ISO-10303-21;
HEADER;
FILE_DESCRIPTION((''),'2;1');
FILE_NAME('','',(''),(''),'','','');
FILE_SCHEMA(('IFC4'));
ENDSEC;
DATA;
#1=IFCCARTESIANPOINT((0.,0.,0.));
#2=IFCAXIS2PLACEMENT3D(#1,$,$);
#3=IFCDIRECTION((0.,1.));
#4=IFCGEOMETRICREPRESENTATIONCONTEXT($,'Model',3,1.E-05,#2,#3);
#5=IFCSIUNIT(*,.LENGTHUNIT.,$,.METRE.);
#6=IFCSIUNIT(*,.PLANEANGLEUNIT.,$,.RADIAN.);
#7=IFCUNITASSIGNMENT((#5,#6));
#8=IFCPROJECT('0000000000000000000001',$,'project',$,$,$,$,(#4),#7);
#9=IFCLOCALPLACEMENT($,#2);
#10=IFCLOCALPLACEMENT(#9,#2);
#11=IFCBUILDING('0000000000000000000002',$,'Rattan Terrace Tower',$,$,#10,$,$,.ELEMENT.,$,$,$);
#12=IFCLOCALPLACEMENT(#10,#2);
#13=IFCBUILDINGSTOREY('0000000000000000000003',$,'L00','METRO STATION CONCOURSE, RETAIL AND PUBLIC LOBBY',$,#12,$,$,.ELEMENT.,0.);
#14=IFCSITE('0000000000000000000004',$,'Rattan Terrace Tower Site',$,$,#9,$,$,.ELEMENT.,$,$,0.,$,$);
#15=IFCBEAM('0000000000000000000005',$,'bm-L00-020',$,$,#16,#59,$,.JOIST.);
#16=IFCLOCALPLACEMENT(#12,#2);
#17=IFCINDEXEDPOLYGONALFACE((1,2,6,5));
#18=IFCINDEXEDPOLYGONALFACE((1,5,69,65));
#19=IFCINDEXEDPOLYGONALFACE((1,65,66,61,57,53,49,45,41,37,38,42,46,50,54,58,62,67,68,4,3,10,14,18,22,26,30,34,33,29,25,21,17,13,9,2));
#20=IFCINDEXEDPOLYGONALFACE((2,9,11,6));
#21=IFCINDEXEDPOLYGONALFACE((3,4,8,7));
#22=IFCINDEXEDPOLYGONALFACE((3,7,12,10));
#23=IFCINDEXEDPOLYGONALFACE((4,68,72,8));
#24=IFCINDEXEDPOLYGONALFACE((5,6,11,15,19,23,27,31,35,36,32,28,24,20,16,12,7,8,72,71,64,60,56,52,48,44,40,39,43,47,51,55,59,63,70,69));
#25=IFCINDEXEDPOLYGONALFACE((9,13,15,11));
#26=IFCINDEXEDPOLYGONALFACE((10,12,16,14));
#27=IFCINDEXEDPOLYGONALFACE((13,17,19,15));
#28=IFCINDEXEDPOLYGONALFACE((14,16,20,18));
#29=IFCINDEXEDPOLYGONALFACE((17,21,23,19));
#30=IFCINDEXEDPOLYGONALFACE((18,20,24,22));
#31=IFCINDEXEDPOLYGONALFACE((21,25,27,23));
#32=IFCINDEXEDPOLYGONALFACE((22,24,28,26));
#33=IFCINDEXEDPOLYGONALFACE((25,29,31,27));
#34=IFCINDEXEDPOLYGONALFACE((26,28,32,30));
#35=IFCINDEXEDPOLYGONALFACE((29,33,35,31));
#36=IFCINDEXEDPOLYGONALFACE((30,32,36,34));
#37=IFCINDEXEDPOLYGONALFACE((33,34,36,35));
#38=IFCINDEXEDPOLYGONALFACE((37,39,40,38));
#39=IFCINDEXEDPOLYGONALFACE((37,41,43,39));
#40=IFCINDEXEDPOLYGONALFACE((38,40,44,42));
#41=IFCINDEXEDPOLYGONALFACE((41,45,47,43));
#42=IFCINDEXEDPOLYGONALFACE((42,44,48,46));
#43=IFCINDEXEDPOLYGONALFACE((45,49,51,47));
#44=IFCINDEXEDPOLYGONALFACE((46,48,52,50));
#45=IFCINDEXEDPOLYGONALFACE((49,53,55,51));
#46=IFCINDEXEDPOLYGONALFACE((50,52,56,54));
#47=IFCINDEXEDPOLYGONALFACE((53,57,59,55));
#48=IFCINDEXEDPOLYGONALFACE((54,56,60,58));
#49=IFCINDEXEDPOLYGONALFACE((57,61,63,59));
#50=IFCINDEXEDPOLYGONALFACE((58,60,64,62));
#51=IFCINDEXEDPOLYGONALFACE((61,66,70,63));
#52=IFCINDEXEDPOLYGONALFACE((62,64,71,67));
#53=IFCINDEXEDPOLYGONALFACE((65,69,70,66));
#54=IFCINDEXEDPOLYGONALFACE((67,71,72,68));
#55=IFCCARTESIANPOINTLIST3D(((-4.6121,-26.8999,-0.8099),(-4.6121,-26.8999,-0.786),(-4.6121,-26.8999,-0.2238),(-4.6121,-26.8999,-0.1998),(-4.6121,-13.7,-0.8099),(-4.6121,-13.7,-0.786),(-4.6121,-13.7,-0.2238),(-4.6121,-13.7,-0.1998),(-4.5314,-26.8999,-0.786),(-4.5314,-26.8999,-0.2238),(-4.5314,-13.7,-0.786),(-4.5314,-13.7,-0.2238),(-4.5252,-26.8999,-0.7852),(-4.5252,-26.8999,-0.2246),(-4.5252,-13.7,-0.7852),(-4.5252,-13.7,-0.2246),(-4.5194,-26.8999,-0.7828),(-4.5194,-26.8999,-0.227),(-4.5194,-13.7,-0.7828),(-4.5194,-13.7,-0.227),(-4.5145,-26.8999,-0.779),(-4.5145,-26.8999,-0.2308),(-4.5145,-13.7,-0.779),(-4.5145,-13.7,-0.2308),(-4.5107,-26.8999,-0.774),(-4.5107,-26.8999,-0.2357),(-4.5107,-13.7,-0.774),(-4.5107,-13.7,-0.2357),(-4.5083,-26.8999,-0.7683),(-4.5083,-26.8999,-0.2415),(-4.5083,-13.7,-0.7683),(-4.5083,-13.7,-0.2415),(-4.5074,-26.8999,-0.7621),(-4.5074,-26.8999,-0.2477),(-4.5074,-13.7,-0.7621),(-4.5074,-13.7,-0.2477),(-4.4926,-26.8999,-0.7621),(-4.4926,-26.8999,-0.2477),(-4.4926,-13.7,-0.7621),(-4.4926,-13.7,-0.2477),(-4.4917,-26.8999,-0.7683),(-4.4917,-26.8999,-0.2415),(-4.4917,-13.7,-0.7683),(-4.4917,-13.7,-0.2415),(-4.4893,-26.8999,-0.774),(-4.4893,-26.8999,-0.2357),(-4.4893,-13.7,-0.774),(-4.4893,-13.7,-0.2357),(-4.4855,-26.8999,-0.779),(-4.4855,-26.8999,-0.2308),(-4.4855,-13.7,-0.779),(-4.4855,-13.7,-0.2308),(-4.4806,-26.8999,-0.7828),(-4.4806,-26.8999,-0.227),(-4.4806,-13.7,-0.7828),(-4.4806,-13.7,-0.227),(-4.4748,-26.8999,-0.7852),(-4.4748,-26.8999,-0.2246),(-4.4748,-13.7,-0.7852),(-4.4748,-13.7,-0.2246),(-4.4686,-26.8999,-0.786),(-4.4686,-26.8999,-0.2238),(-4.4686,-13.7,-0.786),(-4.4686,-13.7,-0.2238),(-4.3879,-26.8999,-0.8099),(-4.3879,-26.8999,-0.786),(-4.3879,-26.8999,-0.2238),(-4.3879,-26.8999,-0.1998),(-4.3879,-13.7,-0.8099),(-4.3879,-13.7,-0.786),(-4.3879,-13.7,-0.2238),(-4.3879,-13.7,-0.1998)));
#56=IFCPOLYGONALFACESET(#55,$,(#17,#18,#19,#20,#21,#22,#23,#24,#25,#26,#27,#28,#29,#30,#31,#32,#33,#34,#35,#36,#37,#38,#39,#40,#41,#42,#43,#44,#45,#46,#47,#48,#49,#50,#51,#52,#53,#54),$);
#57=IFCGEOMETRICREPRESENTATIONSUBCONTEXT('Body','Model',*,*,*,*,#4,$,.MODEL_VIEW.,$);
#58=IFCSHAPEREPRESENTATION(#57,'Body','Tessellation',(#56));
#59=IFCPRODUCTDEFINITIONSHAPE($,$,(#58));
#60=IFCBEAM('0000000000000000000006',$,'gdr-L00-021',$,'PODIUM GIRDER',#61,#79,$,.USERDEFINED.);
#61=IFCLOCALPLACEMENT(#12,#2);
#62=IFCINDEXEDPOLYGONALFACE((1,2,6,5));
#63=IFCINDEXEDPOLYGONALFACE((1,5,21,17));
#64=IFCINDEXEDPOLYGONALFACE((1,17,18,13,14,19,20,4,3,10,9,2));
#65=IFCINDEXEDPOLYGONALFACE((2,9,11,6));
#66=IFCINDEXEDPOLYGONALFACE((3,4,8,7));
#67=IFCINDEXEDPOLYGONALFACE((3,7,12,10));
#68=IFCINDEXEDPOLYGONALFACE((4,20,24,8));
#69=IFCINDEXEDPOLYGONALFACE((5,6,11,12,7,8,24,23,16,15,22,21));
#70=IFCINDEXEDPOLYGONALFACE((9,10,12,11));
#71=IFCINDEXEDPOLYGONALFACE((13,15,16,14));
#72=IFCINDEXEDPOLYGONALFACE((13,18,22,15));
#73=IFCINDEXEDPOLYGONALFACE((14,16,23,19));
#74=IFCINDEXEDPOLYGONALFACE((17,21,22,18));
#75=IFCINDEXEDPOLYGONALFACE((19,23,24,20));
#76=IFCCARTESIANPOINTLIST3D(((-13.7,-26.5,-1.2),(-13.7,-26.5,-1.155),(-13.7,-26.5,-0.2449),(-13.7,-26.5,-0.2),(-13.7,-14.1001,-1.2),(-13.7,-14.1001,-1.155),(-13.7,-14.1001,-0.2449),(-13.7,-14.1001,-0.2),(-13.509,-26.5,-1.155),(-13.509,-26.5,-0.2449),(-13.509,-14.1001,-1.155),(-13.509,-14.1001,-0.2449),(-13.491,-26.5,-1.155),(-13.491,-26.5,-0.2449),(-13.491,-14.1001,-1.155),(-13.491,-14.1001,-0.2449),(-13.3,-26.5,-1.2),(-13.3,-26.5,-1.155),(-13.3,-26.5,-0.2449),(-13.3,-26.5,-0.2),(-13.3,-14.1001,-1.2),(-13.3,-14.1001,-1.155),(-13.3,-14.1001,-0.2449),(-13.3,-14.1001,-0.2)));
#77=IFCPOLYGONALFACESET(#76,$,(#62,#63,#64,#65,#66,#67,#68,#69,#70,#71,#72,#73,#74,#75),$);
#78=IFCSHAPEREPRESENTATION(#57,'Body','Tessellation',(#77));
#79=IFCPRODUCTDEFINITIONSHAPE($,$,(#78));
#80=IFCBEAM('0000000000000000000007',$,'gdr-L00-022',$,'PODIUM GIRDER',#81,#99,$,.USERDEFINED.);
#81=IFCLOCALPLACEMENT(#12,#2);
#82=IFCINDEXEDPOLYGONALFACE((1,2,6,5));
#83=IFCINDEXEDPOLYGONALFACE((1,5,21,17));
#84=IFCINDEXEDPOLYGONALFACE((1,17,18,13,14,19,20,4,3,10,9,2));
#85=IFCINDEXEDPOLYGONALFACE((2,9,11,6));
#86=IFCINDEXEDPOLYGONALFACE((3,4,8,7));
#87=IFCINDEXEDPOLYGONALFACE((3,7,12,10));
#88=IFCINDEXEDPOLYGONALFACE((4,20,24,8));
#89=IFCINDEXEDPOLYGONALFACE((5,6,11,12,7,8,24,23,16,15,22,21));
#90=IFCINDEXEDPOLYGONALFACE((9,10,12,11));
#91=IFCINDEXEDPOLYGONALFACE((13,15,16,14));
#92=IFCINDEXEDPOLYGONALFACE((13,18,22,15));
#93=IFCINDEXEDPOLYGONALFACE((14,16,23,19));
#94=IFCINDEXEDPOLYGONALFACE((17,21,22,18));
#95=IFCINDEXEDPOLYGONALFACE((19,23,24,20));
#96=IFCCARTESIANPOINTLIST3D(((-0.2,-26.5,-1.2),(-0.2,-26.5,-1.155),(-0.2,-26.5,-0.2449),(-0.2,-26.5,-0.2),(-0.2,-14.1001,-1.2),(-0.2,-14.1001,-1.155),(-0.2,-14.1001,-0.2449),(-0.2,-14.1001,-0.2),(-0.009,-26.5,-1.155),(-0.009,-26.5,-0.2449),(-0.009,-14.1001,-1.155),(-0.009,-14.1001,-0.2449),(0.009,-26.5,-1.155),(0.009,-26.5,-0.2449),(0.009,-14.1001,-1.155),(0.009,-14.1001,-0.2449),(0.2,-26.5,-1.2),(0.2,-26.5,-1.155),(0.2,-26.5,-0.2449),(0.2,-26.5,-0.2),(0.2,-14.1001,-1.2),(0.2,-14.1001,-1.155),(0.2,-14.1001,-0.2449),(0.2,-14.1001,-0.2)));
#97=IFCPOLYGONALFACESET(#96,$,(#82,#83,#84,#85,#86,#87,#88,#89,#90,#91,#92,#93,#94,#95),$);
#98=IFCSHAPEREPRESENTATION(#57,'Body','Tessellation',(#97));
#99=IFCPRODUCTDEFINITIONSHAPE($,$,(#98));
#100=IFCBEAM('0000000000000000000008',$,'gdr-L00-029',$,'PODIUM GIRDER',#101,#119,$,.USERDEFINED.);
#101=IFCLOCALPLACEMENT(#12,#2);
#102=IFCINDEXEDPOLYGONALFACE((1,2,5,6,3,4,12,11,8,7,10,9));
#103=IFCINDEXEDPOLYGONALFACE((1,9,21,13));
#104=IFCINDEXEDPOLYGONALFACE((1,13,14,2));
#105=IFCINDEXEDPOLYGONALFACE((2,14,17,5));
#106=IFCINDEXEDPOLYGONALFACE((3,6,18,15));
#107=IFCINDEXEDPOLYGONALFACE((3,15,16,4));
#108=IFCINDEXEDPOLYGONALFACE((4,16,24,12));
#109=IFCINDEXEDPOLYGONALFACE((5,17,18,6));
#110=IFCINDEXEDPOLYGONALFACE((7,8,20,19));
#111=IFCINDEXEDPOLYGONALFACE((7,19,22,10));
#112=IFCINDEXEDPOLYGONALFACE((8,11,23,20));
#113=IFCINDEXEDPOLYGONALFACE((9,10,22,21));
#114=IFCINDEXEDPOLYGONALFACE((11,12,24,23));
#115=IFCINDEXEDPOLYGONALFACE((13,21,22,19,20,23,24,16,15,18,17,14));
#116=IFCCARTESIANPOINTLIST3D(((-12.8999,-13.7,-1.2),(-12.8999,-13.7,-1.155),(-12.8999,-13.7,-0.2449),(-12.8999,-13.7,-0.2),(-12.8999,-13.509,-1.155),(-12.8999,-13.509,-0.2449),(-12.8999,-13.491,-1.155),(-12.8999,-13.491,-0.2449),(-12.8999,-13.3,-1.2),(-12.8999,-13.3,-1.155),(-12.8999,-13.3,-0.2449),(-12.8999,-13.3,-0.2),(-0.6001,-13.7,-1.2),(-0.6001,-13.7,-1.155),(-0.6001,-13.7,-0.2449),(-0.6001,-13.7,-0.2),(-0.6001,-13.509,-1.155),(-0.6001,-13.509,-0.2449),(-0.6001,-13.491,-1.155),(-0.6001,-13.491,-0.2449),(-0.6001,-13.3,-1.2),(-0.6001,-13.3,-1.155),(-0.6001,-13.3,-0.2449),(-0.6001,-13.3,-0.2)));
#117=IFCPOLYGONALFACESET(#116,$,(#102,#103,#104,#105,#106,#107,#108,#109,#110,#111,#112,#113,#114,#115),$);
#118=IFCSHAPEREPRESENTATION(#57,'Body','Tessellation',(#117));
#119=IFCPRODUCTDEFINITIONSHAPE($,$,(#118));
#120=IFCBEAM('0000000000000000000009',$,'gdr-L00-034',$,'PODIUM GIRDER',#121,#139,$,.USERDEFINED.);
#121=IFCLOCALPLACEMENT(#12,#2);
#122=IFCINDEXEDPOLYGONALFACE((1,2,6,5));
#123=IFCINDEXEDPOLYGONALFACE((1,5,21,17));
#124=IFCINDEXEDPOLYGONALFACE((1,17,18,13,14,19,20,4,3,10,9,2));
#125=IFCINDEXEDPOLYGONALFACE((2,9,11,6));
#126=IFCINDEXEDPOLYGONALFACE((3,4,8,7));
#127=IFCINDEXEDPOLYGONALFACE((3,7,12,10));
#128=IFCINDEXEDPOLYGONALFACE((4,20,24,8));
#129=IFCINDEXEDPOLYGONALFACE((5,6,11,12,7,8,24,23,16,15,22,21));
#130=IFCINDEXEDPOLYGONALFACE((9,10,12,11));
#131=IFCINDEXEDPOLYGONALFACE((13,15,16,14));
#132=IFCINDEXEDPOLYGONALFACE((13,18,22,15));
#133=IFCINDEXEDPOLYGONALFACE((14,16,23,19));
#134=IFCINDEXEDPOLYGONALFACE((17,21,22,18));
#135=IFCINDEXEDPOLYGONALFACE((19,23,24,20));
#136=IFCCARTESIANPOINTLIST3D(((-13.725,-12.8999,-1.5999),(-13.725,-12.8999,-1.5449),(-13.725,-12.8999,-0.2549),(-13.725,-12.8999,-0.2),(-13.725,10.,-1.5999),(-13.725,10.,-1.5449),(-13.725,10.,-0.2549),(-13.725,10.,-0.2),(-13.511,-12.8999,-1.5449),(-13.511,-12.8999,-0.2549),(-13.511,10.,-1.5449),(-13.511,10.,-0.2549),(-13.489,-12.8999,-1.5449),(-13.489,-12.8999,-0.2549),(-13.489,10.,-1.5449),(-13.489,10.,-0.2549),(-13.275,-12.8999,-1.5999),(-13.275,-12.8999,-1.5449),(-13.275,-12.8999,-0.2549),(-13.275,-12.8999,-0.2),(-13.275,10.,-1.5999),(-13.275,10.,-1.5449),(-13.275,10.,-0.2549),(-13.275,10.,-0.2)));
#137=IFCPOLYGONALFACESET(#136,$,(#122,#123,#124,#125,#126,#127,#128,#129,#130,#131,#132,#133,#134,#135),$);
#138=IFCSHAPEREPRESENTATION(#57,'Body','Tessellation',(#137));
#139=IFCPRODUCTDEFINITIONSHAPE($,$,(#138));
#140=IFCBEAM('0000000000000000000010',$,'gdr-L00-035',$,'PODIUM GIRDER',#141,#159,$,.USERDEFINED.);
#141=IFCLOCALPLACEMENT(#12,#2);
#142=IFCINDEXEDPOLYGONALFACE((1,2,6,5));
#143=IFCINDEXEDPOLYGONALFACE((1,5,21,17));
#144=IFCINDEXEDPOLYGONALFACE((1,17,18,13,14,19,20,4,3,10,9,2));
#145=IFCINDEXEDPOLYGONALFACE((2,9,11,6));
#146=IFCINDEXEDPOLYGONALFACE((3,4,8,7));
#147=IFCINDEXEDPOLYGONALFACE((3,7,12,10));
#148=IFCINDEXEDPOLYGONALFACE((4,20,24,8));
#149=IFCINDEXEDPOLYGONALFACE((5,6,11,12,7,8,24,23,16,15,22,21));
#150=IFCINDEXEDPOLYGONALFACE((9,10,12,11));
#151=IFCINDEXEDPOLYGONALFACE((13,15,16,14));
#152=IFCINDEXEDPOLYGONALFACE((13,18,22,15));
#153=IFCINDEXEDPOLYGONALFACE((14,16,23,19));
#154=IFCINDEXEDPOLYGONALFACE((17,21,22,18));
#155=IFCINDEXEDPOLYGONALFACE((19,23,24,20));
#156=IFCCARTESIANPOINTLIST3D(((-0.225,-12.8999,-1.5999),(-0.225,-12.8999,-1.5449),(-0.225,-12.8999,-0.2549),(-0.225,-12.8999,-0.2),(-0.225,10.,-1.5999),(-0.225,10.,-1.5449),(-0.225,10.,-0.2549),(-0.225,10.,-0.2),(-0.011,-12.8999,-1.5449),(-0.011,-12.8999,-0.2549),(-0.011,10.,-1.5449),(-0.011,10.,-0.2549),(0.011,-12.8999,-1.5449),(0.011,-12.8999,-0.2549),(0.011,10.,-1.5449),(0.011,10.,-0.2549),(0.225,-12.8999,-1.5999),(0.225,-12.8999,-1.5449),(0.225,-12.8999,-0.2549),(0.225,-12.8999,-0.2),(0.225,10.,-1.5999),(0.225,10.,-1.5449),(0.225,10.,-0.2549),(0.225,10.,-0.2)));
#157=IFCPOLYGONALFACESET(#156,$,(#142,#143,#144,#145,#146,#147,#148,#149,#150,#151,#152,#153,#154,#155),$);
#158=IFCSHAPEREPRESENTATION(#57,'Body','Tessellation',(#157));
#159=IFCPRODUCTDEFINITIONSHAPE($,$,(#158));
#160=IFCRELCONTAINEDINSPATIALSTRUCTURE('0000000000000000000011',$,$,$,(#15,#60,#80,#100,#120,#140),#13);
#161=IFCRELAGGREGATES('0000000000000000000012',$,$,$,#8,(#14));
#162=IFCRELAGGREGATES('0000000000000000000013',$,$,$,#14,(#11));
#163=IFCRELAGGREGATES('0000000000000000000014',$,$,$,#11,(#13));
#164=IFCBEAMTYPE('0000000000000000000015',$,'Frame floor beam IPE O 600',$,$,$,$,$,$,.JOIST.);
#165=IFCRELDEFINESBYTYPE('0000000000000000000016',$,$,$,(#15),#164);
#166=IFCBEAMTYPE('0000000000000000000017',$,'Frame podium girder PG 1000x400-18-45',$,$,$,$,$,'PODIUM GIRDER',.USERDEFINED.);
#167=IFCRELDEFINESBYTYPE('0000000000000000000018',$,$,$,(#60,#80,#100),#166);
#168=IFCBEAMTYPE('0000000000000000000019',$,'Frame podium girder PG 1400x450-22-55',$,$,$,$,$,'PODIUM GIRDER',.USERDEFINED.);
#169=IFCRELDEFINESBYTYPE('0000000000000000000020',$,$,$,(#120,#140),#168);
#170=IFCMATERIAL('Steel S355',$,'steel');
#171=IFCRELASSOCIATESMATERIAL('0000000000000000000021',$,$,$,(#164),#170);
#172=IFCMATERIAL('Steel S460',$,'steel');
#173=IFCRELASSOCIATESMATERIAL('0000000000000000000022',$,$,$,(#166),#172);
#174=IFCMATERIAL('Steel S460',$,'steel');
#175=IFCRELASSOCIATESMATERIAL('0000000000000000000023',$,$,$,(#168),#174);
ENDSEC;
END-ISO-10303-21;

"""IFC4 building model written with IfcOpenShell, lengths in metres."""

from ifc_helpers import new_model, si_unit, direction, frame, origin, origin_2d, place, context, subcontext, project, spatial, i_section, extrude, material, material_profile, profile_set, type_object, element, save


model = new_model("IFC4")

# Units and contexts
model_context = context("Model", 3, precision=1e-05, world=origin(), true_north=direction((0.0, 1.0)))
body_context = subcontext(model_context, "Body", "Model", "MODEL_VIEW")
ifc_project = project(units=[si_unit("LENGTHUNIT", "METRE"), si_unit("PLANEANGLEUNIT", "RADIAN")], contexts=[model_context])

# Site, building, storey
site_placement = place(None, origin())
site = spatial("IfcSite", under=ifc_project, at=site_placement, Name="Rattan Terrace Tower Site", CompositionType="ELEMENT", RefElevation=0.0)
building_placement = place(site_placement, origin())
building = spatial("IfcBuilding", under=site, at=building_placement, Name="Rattan Terrace Tower", CompositionType="ELEMENT")
storey_placement = place(building_placement, origin())
storey = spatial("IfcBuildingStorey", under=building, at=storey_placement, Name="L00", Description="METRO STATION CONCOURSE, RETAIL AND PUBLIC LOBBY", CompositionType="ELEMENT", Elevation=0.0)

# Beams
ifc_material_1 = material(Name="Steel S355", Category="steel")
ifc_material_profile_1 = material_profile(ifc_material_1, i_section(OverallWidth=0.2241, OverallDepth=0.6101, WebThickness=0.0149, FlangeThickness=0.0239, FilletRadius=0.0239, at=origin_2d()), Name="IPE O 600")
ifc_profile_set_1 = profile_set([ifc_material_profile_1], Name="Steel S355")
beam_type_1 = type_object("IfcBeamType", Name="Frame floor beam IPE O 600", PredefinedType="JOIST", material=ifc_profile_set_1)
for number, where, z_axis, x_axis, name in (
    (1, (-4.5, -26.8999, -0.5049), (0.0, 1.0, 0.0), (-1.0, 0.0, 0.0), "bm-L00-020"),
):
    element("IfcBeam", number, at=place(storey_placement, frame(where, z_axis=z_axis, x_axis=x_axis)), inside=storey, type_object=beam_type_1, Name=name, PredefinedType="JOIST", context=body_context, shape_type="SweptSolid", body=[
        extrude(i_section(OverallWidth=0.2241, OverallDepth=0.6101, WebThickness=0.0149, FlangeThickness=0.0239, FilletRadius=0.0239, at=origin_2d()), origin(), (0.0, 0.0, 1.0), 13.2),
    ])
ifc_material_2 = material(Name="Steel S460", Category="steel")
ifc_material_profile_2 = material_profile(ifc_material_2, i_section(OverallWidth=0.3999, OverallDepth=1.0, WebThickness=0.0181, FlangeThickness=0.0449, at=origin_2d()), Name="PG 1000x400-18-45")
ifc_profile_set_2 = profile_set([ifc_material_profile_2], Name="Steel S460")
beam_type_2 = type_object("IfcBeamType", Name="Frame podium girder PG 1000x400-18-45", ElementType="PODIUM GIRDER", PredefinedType="USERDEFINED", material=ifc_profile_set_2)
for number, where, z_axis, x_axis, name in (
    (2, (-13.5, -26.5, -0.7), (0.0, 1.0, 0.0), (-1.0, 0.0, 0.0), "gdr-L00-021"),
    (3, (0.0, -26.5, -0.7), (0.0, 1.0, 0.0), (-1.0, 0.0, 0.0), "gdr-L00-022"),
):
    element("IfcBeam", number, at=place(storey_placement, frame(where, z_axis=z_axis, x_axis=x_axis)), inside=storey, type_object=beam_type_2, Name=name, ObjectType="PODIUM GIRDER", PredefinedType="USERDEFINED", context=body_context, shape_type="SweptSolid", body=[
        extrude(i_section(OverallWidth=0.3999, OverallDepth=1.0, WebThickness=0.0181, FlangeThickness=0.0449, at=origin_2d()), origin(), (0.0, 0.0, 1.0), 12.3999),
    ])
beam_1_placement = place(storey_placement, frame((-12.8999, -13.5, -0.7), z_axis=(1.0, 0.0, 0.0), x_axis=(0.0, 1.0, 0.0)))
element("IfcBeam", 4, at=beam_1_placement, inside=storey, type_object=beam_type_2, Name="gdr-L00-029", ObjectType="PODIUM GIRDER", PredefinedType="USERDEFINED", context=body_context, shape_type="SweptSolid", body=[
    extrude(i_section(OverallWidth=0.3999, OverallDepth=1.0, WebThickness=0.0181, FlangeThickness=0.0449, at=origin_2d()), origin(), (0.0, 0.0, 1.0), 12.2998),
])
ifc_material_3 = material(Name="Steel S460", Category="steel")
ifc_material_profile_3 = material_profile(ifc_material_3, i_section(OverallWidth=0.45, OverallDepth=1.3999, WebThickness=0.022, FlangeThickness=0.0549, at=origin_2d()), Name="PG 1400x450-22-55")
ifc_profile_set_3 = profile_set([ifc_material_profile_3], Name="Steel S460")
beam_type_3 = type_object("IfcBeamType", Name="Frame podium girder PG 1400x450-22-55", ElementType="PODIUM GIRDER", PredefinedType="USERDEFINED", material=ifc_profile_set_3)
for number, where, z_axis, x_axis, name in (
    (5, (-13.5, -12.8999, -0.8999), (0.0, 1.0, 0.0), (-1.0, 0.0, 0.0), "gdr-L00-034"),
    (6, (0.0, -12.8999, -0.8999), (0.0, 1.0, 0.0), (-1.0, 0.0, 0.0), "gdr-L00-035"),
):
    element("IfcBeam", number, at=place(storey_placement, frame(where, z_axis=z_axis, x_axis=x_axis)), inside=storey, type_object=beam_type_3, Name=name, ObjectType="PODIUM GIRDER", PredefinedType="USERDEFINED", context=body_context, shape_type="SweptSolid", body=[
        extrude(i_section(OverallWidth=0.45, OverallDepth=1.3999, WebThickness=0.022, FlangeThickness=0.0549, at=origin_2d()), origin(), (0.0, 0.0, 1.0), 22.8999),
    ])

save(model, "model.ifc")
